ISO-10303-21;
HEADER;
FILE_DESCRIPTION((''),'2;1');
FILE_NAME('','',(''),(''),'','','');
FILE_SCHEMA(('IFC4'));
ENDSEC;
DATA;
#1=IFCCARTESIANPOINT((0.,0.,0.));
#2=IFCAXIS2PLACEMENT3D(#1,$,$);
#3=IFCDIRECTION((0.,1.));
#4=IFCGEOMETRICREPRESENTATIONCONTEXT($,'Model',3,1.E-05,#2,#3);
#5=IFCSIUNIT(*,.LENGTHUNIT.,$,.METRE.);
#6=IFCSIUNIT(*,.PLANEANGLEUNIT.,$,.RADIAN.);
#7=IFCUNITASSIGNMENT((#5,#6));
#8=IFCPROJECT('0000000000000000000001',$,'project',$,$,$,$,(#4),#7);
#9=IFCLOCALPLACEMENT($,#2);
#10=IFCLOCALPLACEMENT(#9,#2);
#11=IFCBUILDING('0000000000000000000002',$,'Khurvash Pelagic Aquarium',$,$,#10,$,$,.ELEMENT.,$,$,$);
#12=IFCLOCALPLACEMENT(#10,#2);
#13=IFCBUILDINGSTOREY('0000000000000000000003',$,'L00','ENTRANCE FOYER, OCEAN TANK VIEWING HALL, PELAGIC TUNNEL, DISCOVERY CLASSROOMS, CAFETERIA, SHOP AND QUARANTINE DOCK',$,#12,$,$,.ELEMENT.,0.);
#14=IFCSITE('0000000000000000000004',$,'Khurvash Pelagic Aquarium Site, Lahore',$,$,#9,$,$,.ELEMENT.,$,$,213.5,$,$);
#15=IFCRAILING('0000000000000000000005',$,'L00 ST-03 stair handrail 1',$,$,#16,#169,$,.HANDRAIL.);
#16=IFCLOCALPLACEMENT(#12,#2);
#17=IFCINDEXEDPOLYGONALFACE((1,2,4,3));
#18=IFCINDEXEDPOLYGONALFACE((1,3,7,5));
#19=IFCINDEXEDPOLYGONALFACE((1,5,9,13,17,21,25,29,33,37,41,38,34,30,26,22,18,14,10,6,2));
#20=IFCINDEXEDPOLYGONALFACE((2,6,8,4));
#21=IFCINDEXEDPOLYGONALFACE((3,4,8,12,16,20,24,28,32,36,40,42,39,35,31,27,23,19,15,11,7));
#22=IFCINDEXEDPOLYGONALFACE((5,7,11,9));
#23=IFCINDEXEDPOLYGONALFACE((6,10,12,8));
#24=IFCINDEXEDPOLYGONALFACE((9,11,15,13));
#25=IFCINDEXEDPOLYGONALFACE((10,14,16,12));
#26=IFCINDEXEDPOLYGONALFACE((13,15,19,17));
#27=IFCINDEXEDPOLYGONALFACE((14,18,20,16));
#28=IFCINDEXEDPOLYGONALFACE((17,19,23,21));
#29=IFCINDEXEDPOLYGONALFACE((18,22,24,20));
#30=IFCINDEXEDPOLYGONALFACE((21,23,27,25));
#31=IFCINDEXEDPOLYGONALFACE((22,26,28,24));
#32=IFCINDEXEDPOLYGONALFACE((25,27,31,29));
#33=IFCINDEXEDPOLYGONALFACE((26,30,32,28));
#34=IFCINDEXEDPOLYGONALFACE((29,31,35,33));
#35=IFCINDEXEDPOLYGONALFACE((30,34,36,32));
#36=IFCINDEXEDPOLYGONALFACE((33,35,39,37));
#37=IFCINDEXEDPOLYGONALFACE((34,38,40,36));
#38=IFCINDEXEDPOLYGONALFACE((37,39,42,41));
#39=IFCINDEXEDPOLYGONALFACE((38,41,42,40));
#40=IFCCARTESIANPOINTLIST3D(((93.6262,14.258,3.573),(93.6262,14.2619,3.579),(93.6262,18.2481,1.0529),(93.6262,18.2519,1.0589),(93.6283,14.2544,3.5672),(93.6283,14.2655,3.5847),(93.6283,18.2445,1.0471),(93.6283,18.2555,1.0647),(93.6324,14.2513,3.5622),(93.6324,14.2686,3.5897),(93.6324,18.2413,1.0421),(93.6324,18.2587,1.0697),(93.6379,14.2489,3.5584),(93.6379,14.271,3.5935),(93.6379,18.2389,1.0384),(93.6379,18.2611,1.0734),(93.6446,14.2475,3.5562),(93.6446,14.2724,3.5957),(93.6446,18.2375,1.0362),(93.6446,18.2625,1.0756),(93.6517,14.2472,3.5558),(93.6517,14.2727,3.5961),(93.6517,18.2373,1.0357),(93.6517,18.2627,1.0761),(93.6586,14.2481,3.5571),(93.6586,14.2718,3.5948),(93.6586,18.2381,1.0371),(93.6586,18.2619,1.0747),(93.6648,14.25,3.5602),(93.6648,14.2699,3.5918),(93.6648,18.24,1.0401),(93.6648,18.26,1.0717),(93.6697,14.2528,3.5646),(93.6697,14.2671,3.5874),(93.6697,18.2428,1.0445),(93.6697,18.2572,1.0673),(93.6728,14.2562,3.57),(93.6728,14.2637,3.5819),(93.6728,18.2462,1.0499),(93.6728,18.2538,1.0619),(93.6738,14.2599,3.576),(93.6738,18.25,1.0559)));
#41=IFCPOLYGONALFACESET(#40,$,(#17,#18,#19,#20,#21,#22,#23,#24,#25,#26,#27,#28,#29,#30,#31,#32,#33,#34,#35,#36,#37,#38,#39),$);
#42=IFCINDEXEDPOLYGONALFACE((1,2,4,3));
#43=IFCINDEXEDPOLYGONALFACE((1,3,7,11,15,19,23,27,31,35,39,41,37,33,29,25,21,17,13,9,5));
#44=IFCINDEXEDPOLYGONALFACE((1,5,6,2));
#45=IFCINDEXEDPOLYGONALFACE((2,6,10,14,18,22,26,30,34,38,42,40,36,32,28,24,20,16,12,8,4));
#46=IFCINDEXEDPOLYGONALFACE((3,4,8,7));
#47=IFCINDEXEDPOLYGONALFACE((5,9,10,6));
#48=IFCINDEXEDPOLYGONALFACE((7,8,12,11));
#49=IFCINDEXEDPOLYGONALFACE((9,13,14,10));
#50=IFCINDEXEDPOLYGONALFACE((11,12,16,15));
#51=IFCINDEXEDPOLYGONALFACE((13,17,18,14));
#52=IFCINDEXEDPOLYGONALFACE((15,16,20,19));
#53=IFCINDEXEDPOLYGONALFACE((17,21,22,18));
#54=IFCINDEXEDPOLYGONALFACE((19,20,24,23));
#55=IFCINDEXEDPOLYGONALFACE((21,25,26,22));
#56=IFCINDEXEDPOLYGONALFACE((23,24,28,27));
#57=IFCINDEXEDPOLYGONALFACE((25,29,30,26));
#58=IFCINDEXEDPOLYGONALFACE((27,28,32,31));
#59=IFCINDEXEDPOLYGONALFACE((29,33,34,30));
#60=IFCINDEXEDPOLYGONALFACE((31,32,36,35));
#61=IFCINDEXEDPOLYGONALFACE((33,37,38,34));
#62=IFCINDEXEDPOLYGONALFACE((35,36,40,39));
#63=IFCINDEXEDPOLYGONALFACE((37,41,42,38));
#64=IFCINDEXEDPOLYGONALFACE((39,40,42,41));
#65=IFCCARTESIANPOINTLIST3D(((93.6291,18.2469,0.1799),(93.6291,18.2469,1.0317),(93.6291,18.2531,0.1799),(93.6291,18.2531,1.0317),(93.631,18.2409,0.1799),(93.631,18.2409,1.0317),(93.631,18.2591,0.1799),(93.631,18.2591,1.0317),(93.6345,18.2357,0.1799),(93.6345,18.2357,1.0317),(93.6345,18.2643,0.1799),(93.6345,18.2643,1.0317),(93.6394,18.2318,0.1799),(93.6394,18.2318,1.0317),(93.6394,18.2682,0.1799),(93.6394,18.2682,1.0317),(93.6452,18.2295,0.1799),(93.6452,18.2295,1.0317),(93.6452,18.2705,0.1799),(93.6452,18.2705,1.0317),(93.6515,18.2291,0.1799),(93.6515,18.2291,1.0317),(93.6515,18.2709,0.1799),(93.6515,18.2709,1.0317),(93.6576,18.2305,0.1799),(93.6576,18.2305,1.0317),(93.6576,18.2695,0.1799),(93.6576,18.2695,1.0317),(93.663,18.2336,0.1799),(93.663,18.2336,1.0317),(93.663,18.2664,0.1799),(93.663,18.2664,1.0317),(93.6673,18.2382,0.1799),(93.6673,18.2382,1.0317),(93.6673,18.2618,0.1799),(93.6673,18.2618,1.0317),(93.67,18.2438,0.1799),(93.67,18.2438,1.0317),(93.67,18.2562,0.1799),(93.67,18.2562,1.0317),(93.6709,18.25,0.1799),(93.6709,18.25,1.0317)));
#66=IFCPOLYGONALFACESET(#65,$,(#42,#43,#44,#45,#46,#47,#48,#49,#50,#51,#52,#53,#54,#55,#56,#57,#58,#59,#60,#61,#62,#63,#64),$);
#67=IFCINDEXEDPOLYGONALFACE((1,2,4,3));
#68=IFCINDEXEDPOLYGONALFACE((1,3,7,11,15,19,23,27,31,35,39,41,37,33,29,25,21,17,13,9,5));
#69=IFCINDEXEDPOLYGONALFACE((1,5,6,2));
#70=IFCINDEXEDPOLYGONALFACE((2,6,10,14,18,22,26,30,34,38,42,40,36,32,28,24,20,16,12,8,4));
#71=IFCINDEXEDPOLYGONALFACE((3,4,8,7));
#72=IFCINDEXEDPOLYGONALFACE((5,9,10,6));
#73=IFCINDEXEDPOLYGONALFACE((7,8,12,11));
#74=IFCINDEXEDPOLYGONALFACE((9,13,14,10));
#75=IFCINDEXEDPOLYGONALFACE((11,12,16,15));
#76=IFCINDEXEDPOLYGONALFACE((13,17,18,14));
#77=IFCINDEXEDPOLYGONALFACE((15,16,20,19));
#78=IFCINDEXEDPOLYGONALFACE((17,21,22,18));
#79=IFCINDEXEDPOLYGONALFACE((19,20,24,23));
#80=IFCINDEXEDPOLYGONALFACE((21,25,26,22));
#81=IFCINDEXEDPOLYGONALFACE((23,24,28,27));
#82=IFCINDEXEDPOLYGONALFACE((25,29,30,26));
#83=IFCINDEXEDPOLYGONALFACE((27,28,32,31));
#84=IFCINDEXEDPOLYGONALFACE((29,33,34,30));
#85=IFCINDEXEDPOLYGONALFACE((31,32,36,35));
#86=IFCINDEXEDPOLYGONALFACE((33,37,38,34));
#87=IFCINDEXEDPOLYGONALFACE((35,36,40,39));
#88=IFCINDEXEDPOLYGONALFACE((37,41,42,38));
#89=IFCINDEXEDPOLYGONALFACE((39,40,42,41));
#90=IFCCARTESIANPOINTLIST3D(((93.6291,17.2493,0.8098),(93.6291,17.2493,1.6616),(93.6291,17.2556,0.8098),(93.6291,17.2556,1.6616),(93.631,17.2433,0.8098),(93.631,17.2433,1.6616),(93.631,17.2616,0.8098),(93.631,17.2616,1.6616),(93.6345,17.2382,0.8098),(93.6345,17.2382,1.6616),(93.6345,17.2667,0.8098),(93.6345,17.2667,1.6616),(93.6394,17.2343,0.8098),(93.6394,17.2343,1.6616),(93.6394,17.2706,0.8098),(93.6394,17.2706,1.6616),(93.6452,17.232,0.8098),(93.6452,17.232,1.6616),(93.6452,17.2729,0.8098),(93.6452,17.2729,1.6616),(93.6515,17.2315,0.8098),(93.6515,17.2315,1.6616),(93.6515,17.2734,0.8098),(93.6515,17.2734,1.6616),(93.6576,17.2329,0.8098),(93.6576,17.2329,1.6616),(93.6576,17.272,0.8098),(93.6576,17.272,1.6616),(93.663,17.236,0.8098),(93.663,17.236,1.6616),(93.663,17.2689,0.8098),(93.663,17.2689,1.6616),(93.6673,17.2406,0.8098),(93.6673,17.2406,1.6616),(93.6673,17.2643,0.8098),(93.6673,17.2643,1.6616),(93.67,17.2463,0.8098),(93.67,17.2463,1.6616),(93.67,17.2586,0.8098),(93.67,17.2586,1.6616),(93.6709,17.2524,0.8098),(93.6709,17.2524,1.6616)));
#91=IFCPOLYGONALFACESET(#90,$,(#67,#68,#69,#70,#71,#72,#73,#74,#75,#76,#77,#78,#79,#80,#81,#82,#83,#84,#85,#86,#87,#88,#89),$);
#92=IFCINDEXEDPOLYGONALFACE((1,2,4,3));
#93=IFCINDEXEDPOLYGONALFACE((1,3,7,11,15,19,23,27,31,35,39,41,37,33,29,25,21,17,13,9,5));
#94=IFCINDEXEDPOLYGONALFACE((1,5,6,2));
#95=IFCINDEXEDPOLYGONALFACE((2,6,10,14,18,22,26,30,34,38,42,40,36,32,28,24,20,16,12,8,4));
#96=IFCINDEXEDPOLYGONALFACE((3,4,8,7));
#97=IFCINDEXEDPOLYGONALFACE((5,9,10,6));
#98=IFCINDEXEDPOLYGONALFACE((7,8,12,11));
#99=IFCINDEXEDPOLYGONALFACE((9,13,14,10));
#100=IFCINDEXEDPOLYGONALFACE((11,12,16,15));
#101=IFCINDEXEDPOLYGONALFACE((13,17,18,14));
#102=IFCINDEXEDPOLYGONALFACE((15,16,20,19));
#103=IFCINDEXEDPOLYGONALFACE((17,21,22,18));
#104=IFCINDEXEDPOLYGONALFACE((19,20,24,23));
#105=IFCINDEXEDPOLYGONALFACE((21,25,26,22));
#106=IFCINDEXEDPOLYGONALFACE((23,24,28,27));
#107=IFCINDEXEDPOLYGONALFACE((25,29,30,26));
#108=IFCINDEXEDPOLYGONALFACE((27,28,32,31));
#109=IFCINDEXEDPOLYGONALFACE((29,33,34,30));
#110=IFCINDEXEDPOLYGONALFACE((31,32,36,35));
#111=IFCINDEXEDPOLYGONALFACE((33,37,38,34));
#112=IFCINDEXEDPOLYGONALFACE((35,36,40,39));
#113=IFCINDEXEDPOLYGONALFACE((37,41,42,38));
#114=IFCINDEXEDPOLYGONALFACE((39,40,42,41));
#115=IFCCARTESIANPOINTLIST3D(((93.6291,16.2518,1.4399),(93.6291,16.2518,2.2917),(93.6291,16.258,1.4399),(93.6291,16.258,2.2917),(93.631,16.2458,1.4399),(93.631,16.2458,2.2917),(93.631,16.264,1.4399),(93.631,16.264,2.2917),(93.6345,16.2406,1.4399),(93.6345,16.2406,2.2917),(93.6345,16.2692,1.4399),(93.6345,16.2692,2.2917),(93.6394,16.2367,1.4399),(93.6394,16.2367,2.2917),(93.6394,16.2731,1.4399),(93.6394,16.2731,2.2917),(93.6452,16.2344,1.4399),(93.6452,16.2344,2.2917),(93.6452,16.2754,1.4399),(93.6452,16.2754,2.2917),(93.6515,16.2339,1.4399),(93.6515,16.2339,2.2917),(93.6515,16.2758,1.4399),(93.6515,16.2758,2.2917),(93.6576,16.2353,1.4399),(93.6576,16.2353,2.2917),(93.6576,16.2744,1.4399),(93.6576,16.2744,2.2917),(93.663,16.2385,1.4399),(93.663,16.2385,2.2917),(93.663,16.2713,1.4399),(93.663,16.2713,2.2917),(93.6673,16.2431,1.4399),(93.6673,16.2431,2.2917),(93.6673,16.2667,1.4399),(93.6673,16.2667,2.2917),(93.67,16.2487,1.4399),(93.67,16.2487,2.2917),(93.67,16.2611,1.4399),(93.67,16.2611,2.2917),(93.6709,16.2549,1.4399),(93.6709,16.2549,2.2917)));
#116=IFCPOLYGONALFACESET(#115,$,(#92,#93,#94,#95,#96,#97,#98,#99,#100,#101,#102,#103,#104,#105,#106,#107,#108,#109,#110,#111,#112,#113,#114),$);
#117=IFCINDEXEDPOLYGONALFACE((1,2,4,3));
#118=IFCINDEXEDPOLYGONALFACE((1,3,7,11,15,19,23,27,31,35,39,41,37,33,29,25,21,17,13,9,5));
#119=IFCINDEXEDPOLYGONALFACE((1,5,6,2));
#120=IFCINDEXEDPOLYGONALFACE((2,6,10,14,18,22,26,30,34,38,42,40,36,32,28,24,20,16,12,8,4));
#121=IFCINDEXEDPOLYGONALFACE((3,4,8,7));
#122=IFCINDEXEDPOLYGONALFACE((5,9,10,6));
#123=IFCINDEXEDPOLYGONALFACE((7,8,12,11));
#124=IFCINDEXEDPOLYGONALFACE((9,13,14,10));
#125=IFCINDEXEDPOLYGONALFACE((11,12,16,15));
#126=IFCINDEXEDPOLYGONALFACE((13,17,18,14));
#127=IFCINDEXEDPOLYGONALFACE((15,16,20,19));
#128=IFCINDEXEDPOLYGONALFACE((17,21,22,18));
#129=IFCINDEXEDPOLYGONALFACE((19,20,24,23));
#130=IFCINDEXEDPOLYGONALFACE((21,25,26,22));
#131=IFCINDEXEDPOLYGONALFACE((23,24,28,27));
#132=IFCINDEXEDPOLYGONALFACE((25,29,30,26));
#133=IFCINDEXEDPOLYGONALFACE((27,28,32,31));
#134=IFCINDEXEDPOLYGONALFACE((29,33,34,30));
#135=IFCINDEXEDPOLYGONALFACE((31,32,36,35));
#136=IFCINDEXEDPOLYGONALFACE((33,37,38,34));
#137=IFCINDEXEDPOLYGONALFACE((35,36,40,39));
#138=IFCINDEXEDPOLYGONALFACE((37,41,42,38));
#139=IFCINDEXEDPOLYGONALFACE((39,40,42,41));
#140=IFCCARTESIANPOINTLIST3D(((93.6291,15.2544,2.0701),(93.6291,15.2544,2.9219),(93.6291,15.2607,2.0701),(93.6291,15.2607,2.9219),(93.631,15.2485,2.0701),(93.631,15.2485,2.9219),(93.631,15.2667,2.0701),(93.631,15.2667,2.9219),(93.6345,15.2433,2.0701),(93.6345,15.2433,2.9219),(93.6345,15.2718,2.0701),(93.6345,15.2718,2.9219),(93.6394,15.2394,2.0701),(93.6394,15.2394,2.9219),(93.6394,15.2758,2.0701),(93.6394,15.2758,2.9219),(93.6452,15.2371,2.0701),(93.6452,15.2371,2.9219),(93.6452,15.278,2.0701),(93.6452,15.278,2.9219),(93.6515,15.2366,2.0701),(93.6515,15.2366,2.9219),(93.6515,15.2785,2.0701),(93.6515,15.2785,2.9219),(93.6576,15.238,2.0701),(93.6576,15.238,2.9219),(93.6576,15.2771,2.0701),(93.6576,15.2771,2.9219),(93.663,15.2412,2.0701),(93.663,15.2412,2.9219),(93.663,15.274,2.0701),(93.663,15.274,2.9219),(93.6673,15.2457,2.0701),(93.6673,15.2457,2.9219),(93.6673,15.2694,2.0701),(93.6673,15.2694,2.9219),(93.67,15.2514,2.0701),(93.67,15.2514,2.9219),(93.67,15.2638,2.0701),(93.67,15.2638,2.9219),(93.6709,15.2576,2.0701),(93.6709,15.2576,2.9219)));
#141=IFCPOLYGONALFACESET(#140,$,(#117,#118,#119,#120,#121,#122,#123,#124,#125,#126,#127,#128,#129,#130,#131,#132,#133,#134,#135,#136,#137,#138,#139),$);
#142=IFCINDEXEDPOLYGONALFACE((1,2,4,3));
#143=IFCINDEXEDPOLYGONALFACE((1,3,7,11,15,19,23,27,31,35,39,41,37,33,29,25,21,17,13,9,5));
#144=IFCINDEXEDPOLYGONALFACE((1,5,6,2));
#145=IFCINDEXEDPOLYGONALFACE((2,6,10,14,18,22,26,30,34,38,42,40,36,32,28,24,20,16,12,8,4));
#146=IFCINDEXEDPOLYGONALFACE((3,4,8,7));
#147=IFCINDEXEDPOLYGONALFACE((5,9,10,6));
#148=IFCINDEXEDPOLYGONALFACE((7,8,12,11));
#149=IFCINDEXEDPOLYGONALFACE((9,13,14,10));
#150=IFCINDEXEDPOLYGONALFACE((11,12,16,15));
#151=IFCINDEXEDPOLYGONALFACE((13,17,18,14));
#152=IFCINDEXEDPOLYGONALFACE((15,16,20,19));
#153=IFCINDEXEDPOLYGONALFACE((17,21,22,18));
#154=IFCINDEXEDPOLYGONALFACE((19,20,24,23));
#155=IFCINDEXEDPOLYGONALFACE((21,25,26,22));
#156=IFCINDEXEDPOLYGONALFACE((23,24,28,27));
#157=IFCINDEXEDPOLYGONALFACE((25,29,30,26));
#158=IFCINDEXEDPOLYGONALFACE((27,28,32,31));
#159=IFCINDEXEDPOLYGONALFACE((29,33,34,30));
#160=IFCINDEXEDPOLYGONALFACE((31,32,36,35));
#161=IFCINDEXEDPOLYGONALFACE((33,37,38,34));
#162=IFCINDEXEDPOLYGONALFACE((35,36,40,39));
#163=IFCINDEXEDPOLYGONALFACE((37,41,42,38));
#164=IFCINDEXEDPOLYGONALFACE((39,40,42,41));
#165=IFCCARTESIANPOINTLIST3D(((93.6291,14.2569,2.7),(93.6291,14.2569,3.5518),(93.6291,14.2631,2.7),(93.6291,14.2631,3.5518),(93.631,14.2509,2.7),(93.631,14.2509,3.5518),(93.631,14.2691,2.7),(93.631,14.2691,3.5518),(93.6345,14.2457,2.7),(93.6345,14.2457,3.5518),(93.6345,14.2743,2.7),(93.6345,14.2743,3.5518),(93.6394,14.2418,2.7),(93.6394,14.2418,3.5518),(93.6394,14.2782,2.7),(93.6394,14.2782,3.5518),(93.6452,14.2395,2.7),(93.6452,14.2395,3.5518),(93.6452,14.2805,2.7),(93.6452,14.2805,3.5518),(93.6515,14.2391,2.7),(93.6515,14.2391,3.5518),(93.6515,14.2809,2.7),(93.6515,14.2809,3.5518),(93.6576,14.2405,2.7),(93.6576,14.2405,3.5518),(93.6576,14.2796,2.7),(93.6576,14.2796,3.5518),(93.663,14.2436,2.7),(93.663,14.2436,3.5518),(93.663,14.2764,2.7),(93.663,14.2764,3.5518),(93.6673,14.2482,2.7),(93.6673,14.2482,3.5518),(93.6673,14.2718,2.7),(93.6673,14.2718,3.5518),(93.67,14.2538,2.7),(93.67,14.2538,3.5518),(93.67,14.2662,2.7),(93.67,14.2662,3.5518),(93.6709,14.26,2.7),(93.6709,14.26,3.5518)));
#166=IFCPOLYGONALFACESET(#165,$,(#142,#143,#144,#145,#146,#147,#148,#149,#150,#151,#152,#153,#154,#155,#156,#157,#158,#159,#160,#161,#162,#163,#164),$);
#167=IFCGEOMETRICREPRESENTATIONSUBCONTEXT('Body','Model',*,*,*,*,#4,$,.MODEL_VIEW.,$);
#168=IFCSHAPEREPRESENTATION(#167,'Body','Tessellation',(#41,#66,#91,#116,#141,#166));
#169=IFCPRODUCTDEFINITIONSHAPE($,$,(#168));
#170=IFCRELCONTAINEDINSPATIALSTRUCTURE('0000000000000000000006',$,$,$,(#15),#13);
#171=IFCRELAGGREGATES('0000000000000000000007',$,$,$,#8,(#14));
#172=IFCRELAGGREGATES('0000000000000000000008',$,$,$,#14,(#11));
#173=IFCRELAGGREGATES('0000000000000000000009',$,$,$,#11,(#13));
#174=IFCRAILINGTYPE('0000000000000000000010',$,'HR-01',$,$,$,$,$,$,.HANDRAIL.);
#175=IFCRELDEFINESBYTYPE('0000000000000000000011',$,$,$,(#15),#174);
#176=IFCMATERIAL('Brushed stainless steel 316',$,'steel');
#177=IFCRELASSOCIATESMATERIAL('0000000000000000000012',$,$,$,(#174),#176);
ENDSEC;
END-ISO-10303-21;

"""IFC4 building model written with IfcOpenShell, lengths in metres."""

from ifc_helpers import new_model, si_unit, direction, frame, origin, origin_2d, place, context, subcontext, project, spatial, circle, extrude, material, type_object, element, save


model = new_model("IFC4")

# Units and contexts
model_context = context("Model", 3, precision=1e-05, world=origin(), true_north=direction((0.0, 1.0)))
body_context = subcontext(model_context, "Body", "Model", "MODEL_VIEW")
ifc_project = project(units=[si_unit("LENGTHUNIT", "METRE"), si_unit("PLANEANGLEUNIT", "RADIAN")], contexts=[model_context])

# Site, building, storey
site_placement = place(None, origin())
site = spatial("IfcSite", under=ifc_project, at=site_placement, Name="Khurvash Pelagic Aquarium Site, Lahore", CompositionType="ELEMENT", RefElevation=213.5)
building_placement = place(site_placement, origin())
building = spatial("IfcBuilding", under=site, at=building_placement, Name="Khurvash Pelagic Aquarium", CompositionType="ELEMENT")
storey_placement = place(building_placement, origin())
storey = spatial("IfcBuildingStorey", under=building, at=storey_placement, Name="L00", Description="ENTRANCE FOYER, OCEAN TANK VIEWING HALL, PELAGIC TUNNEL, DISCOVERY CLASSROOMS, CAFETERIA, SHOP AND QUARANTINE DOCK", CompositionType="ELEMENT", Elevation=0.0)

# Railing
ifc_material_1 = material(Name="Brushed stainless steel 316", Category="steel")
railing_type_1 = type_object("IfcRailingType", Name="HR-01", PredefinedType="HANDRAIL", material=ifc_material_1)
railing_1_placement = place(storey_placement, frame((93.6499, 18.25, 0.1799)))
element("IfcRailing", 1, at=railing_1_placement, inside=storey, type_object=railing_type_1, Name="L00 ST-03 stair handrail 1", PredefinedType="HANDRAIL", context=body_context, shape_type="SweptSolid", body=[
    extrude(circle(Radius=0.0239, at=origin_2d()), frame((0.0, 0.0, 0.876), z_axis=(0.0, -0.845486, 0.533997), x_axis=(1.0, 0.0, 0.0)), (0.0, 0.0, 1.0), 4.7192),
    extrude(circle(Radius=0.021, at=origin_2d()), origin(), (0.0, 0.0, 1.0), 0.8518),
    extrude(circle(Radius=0.021, at=origin_2d()), frame((0.0, -0.9976, 0.6299)), (0.0, 0.0, 1.0), 0.8518),
    extrude(circle(Radius=0.021, at=origin_2d()), frame((0.0, -1.9951, 1.26)), (0.0, 0.0, 1.0), 0.8518),
    extrude(circle(Radius=0.021, at=origin_2d()), frame((0.0, -2.9924, 1.8901)), (0.0, 0.0, 1.0), 0.8518),
    extrude(circle(Radius=0.021, at=origin_2d()), frame((0.0, -3.99, 2.52)), (0.0, 0.0, 1.0), 0.8518),
])

save(model, "model.ifc")
